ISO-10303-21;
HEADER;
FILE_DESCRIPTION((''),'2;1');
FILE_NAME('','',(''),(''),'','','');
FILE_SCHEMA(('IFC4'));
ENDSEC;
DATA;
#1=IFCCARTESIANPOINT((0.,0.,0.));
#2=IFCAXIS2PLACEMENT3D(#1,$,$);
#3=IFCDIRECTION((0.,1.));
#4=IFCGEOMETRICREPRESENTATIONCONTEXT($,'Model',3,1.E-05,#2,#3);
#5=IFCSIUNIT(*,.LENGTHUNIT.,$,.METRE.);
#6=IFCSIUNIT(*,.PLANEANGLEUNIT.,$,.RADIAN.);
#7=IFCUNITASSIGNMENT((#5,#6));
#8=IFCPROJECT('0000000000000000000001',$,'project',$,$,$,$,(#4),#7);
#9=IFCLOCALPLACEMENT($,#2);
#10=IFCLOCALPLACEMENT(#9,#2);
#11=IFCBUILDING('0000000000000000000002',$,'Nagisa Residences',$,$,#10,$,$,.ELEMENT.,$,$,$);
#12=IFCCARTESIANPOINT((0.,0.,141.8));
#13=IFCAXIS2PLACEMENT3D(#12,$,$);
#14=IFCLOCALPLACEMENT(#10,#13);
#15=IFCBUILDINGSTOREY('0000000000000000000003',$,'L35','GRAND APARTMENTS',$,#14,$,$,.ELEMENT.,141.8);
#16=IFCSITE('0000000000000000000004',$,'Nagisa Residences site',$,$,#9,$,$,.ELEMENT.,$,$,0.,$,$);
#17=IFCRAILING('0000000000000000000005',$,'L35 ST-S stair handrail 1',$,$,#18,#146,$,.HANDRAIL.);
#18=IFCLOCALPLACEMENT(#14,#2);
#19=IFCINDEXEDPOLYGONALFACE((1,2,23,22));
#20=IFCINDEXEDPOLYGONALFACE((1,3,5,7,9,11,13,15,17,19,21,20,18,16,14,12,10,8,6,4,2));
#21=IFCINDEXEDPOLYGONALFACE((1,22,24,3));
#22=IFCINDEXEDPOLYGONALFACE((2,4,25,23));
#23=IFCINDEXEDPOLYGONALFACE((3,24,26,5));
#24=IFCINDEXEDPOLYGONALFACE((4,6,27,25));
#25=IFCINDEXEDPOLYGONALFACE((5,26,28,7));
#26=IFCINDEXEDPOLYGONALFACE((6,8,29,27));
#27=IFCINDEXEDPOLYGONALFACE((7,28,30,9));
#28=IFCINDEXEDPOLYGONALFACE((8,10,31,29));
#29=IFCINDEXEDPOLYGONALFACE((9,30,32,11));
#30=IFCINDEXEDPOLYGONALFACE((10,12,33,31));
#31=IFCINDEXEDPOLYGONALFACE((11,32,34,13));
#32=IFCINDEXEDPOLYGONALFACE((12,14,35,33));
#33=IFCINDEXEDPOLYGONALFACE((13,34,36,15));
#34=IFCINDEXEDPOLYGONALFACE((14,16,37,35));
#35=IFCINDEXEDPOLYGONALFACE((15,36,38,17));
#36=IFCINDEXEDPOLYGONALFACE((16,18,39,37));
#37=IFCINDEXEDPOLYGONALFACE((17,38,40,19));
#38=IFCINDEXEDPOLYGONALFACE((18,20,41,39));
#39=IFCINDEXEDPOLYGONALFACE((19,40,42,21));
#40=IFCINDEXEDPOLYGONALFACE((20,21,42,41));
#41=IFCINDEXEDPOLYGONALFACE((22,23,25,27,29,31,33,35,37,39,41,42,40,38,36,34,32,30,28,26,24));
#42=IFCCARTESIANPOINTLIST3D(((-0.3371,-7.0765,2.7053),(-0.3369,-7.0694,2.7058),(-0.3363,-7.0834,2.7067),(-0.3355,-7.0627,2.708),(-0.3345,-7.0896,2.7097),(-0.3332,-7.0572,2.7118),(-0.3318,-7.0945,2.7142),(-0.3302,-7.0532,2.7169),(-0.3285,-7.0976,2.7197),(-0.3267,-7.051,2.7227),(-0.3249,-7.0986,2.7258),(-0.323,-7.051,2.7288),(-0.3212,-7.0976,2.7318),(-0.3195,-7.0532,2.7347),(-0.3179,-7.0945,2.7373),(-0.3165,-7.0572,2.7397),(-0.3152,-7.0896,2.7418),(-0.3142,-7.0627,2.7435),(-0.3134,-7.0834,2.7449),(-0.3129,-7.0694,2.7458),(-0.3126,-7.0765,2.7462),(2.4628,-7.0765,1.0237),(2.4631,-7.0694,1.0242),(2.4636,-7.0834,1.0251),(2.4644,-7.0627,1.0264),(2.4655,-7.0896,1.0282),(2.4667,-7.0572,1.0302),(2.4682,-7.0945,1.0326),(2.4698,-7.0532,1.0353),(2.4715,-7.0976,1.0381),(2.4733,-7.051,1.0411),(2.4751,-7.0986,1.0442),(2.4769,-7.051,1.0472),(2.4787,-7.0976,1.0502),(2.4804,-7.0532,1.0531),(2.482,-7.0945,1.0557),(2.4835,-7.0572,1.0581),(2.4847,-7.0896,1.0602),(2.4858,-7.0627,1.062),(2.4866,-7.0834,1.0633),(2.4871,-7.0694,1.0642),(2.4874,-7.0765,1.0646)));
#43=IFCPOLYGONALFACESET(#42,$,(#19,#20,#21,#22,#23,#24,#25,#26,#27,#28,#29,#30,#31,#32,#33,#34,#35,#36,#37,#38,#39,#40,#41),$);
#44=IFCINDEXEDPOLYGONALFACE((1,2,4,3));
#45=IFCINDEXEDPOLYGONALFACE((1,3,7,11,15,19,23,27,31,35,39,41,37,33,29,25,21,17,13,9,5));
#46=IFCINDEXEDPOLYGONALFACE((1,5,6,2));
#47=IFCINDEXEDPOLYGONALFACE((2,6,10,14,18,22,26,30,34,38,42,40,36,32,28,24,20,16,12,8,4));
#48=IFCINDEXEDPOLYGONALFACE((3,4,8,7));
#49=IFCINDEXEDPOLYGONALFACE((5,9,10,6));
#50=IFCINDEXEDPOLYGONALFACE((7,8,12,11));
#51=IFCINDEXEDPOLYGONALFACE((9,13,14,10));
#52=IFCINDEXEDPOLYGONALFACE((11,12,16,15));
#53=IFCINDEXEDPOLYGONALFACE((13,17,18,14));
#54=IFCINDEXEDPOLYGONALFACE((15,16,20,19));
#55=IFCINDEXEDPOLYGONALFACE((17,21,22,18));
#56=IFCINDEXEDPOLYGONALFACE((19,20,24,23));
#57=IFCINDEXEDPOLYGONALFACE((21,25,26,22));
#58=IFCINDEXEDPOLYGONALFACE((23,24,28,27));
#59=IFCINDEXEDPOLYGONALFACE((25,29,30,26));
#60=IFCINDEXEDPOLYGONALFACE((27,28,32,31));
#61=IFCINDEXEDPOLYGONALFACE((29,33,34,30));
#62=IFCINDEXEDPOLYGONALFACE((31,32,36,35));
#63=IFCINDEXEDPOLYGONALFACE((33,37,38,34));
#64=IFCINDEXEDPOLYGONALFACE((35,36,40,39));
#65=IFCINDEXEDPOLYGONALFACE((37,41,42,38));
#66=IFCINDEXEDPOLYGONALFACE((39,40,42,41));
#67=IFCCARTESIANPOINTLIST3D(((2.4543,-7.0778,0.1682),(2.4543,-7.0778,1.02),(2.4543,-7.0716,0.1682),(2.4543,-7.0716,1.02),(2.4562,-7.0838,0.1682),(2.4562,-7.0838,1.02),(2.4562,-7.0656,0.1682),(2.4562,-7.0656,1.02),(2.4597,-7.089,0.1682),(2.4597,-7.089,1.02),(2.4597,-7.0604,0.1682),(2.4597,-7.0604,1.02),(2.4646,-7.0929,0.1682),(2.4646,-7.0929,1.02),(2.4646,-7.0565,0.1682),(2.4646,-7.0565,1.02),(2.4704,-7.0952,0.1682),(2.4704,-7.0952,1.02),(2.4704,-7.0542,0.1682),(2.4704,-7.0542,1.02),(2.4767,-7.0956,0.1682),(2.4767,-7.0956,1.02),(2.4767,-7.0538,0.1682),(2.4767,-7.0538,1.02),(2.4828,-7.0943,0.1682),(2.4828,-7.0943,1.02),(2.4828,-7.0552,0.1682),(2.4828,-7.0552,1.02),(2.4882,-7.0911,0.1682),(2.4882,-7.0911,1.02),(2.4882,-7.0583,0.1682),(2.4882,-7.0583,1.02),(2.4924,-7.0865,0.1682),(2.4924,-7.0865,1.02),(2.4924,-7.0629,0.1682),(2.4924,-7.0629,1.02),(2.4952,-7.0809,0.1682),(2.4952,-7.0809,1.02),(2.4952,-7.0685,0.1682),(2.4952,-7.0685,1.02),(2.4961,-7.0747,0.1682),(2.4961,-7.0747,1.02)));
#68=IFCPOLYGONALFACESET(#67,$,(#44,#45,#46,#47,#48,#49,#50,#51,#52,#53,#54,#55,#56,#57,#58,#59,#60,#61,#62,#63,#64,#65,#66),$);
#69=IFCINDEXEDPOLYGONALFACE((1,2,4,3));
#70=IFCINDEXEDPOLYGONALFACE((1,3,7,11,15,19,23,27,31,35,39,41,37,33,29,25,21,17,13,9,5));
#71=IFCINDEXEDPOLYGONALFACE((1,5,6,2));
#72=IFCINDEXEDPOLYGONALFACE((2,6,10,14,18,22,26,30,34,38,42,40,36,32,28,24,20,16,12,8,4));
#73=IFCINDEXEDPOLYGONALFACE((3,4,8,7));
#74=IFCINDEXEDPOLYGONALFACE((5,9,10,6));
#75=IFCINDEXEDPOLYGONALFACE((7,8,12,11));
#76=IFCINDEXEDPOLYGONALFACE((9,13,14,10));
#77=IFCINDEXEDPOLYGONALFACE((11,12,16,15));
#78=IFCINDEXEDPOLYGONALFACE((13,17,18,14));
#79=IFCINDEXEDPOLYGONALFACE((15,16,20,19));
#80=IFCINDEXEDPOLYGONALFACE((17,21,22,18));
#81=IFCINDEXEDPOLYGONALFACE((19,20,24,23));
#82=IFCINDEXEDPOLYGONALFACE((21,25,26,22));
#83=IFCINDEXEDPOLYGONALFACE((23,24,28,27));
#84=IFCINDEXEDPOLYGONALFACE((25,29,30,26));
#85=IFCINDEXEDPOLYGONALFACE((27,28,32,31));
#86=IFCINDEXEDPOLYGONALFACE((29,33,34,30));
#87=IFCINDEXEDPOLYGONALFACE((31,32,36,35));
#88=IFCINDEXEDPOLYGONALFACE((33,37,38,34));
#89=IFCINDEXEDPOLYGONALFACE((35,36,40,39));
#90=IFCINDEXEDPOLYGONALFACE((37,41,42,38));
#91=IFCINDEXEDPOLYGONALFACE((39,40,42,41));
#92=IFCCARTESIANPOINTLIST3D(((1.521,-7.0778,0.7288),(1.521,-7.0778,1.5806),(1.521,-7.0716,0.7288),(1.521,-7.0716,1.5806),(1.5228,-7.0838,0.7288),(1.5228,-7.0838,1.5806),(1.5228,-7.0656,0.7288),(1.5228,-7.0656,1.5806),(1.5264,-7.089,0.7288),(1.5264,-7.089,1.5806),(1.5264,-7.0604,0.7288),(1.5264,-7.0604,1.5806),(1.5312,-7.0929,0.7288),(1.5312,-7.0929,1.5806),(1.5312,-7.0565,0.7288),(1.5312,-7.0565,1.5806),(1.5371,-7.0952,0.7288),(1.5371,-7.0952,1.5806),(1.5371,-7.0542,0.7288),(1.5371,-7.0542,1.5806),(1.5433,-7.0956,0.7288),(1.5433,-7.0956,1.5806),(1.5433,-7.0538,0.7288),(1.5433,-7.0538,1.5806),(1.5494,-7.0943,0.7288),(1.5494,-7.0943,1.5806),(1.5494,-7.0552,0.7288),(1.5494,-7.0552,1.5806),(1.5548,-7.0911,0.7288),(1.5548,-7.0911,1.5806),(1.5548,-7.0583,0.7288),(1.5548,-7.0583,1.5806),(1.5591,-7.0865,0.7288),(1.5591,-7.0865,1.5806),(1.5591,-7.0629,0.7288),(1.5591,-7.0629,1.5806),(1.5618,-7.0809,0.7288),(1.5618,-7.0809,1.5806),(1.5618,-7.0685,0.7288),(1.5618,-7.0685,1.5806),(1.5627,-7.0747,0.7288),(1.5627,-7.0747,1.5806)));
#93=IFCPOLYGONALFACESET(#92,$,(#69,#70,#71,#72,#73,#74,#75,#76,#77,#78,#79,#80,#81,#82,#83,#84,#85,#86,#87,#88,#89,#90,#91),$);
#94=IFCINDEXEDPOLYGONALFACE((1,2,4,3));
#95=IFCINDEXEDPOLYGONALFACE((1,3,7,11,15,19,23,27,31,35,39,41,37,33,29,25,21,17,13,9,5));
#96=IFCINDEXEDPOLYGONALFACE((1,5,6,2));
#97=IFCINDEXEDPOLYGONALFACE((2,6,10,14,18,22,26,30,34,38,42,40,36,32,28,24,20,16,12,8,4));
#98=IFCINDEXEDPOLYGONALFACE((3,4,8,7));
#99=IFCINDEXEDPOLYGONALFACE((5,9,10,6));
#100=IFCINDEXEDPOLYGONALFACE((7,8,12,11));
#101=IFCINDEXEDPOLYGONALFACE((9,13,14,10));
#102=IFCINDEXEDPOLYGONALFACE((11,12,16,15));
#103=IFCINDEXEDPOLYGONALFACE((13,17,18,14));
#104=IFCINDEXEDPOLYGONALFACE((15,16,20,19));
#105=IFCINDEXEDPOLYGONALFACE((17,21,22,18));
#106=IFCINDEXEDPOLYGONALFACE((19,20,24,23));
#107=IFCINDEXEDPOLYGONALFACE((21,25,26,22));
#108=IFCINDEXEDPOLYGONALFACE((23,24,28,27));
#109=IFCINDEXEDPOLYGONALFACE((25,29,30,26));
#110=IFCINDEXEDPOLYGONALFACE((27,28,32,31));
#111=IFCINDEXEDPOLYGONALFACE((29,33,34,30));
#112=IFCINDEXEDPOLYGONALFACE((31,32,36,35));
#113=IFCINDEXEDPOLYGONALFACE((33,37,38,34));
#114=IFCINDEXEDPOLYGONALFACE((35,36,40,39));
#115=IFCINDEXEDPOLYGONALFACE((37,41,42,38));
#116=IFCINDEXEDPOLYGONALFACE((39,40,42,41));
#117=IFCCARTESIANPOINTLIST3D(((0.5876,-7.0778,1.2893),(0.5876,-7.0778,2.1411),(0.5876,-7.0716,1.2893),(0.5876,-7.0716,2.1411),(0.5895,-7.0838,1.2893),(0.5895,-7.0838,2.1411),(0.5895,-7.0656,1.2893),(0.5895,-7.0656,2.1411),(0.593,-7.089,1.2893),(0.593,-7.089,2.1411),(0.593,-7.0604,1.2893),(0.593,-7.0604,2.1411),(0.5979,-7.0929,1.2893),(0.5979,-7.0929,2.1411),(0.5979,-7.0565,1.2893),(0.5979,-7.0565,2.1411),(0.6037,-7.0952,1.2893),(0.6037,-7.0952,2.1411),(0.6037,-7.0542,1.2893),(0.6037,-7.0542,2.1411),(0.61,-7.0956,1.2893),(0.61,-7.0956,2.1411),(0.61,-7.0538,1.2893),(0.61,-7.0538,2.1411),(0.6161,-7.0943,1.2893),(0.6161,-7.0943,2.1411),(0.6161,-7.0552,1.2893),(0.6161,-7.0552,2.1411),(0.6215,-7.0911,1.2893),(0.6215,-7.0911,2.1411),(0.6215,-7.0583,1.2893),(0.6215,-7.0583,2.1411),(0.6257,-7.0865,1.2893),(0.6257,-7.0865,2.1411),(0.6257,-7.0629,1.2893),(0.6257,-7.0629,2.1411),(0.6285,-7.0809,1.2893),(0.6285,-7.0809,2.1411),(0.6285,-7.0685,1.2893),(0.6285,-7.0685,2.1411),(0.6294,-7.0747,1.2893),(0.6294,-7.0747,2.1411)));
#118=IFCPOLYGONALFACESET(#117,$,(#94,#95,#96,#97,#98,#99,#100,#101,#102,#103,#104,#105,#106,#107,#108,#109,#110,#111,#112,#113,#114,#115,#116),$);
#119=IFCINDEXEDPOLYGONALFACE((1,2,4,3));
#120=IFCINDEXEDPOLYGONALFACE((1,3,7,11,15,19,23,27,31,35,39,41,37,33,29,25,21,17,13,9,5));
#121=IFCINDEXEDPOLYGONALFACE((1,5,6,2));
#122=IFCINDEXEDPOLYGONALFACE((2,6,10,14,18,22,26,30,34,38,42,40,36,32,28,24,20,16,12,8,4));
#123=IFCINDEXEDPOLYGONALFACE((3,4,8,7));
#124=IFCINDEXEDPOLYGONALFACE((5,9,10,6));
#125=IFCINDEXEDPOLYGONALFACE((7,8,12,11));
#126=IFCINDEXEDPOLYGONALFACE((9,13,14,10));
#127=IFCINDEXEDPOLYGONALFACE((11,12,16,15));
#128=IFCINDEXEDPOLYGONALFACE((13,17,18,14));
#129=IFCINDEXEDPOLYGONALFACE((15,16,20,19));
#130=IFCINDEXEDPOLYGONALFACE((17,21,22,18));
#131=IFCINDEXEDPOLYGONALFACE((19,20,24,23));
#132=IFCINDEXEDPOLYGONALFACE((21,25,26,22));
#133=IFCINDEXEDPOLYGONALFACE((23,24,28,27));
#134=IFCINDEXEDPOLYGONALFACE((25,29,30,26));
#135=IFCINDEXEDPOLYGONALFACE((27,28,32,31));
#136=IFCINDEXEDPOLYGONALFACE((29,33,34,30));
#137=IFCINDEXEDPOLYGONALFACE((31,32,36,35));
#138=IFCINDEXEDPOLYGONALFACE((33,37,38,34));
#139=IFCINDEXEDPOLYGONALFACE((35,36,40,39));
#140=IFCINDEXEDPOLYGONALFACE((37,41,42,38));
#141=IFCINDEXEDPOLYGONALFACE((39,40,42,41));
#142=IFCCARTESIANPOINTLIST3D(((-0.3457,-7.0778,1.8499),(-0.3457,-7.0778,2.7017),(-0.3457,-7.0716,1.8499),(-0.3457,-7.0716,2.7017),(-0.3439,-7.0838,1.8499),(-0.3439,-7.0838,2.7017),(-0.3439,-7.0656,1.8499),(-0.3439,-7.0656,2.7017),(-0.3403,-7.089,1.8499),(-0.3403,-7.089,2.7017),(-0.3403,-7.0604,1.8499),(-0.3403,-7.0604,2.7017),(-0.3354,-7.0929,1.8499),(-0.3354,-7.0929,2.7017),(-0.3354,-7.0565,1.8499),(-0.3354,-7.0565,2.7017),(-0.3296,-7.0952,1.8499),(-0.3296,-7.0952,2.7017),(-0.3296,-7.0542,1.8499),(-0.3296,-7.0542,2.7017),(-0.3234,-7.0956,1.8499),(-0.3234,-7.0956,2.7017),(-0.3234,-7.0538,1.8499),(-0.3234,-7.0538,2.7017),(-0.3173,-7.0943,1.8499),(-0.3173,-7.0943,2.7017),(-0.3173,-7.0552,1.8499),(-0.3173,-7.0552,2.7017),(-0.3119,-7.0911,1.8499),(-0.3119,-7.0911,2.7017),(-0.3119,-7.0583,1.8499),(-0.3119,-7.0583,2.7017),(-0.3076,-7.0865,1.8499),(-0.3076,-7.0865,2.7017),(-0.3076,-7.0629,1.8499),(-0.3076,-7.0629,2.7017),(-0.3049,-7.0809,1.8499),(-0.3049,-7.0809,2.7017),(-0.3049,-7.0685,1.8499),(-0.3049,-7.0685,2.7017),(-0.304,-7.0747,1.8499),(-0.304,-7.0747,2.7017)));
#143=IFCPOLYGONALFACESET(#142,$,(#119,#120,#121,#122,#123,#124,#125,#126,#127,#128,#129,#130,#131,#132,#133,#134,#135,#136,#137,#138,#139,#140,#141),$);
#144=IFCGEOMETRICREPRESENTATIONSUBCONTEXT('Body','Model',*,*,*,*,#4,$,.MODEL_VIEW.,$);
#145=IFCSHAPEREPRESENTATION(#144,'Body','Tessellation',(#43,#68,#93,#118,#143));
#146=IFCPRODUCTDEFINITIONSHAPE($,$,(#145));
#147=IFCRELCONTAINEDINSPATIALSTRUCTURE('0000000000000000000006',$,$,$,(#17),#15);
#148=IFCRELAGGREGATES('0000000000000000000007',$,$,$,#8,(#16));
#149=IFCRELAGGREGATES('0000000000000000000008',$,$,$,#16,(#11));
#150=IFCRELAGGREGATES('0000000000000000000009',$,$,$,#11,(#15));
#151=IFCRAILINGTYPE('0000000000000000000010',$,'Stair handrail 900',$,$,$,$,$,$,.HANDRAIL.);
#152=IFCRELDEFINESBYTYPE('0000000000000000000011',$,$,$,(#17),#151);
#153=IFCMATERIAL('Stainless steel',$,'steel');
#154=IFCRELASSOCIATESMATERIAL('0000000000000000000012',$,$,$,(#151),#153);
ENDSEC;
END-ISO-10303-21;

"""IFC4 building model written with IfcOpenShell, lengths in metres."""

from ifc_helpers import new_model, si_unit, direction, frame, origin, origin_2d, place, context, subcontext, project, spatial, circle, extrude, material, type_object, element, save


model = new_model("IFC4")

# Units and contexts
model_context = context("Model", 3, precision=1e-05, world=origin(), true_north=direction((0.0, 1.0)))
body_context = subcontext(model_context, "Body", "Model", "MODEL_VIEW")
ifc_project = project(units=[si_unit("LENGTHUNIT", "METRE"), si_unit("PLANEANGLEUNIT", "RADIAN")], contexts=[model_context])

# Site, building, storey
site_placement = place(None, origin())
site = spatial("IfcSite", under=ifc_project, at=site_placement, Name="Nagisa Residences site", CompositionType="ELEMENT", RefElevation=0.0)
building_placement = place(site_placement, origin())
building = spatial("IfcBuilding", under=site, at=building_placement, Name="Nagisa Residences", CompositionType="ELEMENT")
storey_placement = place(building_placement, frame((0.0, 0.0, 141.8)))
storey = spatial("IfcBuildingStorey", under=building, at=storey_placement, Name="L35", Description="GRAND APARTMENTS", CompositionType="ELEMENT", Elevation=141.8)

# Railing
ifc_material_1 = material(Name="Stainless steel", Category="steel")
railing_type_1 = type_object("IfcRailingType", Name="Stair handrail 900", PredefinedType="HANDRAIL", material=ifc_material_1)
railing_1_placement = place(storey_placement, frame((2.4751, -7.0747, 0.1682)))
element("IfcRailing", 1, at=railing_1_placement, inside=storey, type_object=railing_type_1, Name="L35 ST-S stair handrail 1", PredefinedType="HANDRAIL", context=body_context, shape_type="SweptSolid", body=[
    extrude(circle(Radius=0.0239, at=origin_2d()), frame((0.0, 0.0, 0.876), z_axis=(-0.857275, 0.0, 0.514858), x_axis=(0.0, -1.0, 0.0)), (0.0, 0.0, 1.0), 3.2661),
    extrude(circle(Radius=0.021, at=origin_2d()), origin(), (0.0, 0.0, 1.0), 0.8518),
    extrude(circle(Radius=0.021, at=origin_2d()), frame((-0.9333, 0.0, 0.5605)), (0.0, 0.0, 1.0), 0.8518),
    extrude(circle(Radius=0.021, at=origin_2d()), frame((-1.8667, 0.0, 1.1211)), (0.0, 0.0, 1.0), 0.8518),
    extrude(circle(Radius=0.021, at=origin_2d()), frame((-2.8, 0.0, 1.6816)), (0.0, 0.0, 1.0), 0.8518),
])

save(model, "model.ifc")
